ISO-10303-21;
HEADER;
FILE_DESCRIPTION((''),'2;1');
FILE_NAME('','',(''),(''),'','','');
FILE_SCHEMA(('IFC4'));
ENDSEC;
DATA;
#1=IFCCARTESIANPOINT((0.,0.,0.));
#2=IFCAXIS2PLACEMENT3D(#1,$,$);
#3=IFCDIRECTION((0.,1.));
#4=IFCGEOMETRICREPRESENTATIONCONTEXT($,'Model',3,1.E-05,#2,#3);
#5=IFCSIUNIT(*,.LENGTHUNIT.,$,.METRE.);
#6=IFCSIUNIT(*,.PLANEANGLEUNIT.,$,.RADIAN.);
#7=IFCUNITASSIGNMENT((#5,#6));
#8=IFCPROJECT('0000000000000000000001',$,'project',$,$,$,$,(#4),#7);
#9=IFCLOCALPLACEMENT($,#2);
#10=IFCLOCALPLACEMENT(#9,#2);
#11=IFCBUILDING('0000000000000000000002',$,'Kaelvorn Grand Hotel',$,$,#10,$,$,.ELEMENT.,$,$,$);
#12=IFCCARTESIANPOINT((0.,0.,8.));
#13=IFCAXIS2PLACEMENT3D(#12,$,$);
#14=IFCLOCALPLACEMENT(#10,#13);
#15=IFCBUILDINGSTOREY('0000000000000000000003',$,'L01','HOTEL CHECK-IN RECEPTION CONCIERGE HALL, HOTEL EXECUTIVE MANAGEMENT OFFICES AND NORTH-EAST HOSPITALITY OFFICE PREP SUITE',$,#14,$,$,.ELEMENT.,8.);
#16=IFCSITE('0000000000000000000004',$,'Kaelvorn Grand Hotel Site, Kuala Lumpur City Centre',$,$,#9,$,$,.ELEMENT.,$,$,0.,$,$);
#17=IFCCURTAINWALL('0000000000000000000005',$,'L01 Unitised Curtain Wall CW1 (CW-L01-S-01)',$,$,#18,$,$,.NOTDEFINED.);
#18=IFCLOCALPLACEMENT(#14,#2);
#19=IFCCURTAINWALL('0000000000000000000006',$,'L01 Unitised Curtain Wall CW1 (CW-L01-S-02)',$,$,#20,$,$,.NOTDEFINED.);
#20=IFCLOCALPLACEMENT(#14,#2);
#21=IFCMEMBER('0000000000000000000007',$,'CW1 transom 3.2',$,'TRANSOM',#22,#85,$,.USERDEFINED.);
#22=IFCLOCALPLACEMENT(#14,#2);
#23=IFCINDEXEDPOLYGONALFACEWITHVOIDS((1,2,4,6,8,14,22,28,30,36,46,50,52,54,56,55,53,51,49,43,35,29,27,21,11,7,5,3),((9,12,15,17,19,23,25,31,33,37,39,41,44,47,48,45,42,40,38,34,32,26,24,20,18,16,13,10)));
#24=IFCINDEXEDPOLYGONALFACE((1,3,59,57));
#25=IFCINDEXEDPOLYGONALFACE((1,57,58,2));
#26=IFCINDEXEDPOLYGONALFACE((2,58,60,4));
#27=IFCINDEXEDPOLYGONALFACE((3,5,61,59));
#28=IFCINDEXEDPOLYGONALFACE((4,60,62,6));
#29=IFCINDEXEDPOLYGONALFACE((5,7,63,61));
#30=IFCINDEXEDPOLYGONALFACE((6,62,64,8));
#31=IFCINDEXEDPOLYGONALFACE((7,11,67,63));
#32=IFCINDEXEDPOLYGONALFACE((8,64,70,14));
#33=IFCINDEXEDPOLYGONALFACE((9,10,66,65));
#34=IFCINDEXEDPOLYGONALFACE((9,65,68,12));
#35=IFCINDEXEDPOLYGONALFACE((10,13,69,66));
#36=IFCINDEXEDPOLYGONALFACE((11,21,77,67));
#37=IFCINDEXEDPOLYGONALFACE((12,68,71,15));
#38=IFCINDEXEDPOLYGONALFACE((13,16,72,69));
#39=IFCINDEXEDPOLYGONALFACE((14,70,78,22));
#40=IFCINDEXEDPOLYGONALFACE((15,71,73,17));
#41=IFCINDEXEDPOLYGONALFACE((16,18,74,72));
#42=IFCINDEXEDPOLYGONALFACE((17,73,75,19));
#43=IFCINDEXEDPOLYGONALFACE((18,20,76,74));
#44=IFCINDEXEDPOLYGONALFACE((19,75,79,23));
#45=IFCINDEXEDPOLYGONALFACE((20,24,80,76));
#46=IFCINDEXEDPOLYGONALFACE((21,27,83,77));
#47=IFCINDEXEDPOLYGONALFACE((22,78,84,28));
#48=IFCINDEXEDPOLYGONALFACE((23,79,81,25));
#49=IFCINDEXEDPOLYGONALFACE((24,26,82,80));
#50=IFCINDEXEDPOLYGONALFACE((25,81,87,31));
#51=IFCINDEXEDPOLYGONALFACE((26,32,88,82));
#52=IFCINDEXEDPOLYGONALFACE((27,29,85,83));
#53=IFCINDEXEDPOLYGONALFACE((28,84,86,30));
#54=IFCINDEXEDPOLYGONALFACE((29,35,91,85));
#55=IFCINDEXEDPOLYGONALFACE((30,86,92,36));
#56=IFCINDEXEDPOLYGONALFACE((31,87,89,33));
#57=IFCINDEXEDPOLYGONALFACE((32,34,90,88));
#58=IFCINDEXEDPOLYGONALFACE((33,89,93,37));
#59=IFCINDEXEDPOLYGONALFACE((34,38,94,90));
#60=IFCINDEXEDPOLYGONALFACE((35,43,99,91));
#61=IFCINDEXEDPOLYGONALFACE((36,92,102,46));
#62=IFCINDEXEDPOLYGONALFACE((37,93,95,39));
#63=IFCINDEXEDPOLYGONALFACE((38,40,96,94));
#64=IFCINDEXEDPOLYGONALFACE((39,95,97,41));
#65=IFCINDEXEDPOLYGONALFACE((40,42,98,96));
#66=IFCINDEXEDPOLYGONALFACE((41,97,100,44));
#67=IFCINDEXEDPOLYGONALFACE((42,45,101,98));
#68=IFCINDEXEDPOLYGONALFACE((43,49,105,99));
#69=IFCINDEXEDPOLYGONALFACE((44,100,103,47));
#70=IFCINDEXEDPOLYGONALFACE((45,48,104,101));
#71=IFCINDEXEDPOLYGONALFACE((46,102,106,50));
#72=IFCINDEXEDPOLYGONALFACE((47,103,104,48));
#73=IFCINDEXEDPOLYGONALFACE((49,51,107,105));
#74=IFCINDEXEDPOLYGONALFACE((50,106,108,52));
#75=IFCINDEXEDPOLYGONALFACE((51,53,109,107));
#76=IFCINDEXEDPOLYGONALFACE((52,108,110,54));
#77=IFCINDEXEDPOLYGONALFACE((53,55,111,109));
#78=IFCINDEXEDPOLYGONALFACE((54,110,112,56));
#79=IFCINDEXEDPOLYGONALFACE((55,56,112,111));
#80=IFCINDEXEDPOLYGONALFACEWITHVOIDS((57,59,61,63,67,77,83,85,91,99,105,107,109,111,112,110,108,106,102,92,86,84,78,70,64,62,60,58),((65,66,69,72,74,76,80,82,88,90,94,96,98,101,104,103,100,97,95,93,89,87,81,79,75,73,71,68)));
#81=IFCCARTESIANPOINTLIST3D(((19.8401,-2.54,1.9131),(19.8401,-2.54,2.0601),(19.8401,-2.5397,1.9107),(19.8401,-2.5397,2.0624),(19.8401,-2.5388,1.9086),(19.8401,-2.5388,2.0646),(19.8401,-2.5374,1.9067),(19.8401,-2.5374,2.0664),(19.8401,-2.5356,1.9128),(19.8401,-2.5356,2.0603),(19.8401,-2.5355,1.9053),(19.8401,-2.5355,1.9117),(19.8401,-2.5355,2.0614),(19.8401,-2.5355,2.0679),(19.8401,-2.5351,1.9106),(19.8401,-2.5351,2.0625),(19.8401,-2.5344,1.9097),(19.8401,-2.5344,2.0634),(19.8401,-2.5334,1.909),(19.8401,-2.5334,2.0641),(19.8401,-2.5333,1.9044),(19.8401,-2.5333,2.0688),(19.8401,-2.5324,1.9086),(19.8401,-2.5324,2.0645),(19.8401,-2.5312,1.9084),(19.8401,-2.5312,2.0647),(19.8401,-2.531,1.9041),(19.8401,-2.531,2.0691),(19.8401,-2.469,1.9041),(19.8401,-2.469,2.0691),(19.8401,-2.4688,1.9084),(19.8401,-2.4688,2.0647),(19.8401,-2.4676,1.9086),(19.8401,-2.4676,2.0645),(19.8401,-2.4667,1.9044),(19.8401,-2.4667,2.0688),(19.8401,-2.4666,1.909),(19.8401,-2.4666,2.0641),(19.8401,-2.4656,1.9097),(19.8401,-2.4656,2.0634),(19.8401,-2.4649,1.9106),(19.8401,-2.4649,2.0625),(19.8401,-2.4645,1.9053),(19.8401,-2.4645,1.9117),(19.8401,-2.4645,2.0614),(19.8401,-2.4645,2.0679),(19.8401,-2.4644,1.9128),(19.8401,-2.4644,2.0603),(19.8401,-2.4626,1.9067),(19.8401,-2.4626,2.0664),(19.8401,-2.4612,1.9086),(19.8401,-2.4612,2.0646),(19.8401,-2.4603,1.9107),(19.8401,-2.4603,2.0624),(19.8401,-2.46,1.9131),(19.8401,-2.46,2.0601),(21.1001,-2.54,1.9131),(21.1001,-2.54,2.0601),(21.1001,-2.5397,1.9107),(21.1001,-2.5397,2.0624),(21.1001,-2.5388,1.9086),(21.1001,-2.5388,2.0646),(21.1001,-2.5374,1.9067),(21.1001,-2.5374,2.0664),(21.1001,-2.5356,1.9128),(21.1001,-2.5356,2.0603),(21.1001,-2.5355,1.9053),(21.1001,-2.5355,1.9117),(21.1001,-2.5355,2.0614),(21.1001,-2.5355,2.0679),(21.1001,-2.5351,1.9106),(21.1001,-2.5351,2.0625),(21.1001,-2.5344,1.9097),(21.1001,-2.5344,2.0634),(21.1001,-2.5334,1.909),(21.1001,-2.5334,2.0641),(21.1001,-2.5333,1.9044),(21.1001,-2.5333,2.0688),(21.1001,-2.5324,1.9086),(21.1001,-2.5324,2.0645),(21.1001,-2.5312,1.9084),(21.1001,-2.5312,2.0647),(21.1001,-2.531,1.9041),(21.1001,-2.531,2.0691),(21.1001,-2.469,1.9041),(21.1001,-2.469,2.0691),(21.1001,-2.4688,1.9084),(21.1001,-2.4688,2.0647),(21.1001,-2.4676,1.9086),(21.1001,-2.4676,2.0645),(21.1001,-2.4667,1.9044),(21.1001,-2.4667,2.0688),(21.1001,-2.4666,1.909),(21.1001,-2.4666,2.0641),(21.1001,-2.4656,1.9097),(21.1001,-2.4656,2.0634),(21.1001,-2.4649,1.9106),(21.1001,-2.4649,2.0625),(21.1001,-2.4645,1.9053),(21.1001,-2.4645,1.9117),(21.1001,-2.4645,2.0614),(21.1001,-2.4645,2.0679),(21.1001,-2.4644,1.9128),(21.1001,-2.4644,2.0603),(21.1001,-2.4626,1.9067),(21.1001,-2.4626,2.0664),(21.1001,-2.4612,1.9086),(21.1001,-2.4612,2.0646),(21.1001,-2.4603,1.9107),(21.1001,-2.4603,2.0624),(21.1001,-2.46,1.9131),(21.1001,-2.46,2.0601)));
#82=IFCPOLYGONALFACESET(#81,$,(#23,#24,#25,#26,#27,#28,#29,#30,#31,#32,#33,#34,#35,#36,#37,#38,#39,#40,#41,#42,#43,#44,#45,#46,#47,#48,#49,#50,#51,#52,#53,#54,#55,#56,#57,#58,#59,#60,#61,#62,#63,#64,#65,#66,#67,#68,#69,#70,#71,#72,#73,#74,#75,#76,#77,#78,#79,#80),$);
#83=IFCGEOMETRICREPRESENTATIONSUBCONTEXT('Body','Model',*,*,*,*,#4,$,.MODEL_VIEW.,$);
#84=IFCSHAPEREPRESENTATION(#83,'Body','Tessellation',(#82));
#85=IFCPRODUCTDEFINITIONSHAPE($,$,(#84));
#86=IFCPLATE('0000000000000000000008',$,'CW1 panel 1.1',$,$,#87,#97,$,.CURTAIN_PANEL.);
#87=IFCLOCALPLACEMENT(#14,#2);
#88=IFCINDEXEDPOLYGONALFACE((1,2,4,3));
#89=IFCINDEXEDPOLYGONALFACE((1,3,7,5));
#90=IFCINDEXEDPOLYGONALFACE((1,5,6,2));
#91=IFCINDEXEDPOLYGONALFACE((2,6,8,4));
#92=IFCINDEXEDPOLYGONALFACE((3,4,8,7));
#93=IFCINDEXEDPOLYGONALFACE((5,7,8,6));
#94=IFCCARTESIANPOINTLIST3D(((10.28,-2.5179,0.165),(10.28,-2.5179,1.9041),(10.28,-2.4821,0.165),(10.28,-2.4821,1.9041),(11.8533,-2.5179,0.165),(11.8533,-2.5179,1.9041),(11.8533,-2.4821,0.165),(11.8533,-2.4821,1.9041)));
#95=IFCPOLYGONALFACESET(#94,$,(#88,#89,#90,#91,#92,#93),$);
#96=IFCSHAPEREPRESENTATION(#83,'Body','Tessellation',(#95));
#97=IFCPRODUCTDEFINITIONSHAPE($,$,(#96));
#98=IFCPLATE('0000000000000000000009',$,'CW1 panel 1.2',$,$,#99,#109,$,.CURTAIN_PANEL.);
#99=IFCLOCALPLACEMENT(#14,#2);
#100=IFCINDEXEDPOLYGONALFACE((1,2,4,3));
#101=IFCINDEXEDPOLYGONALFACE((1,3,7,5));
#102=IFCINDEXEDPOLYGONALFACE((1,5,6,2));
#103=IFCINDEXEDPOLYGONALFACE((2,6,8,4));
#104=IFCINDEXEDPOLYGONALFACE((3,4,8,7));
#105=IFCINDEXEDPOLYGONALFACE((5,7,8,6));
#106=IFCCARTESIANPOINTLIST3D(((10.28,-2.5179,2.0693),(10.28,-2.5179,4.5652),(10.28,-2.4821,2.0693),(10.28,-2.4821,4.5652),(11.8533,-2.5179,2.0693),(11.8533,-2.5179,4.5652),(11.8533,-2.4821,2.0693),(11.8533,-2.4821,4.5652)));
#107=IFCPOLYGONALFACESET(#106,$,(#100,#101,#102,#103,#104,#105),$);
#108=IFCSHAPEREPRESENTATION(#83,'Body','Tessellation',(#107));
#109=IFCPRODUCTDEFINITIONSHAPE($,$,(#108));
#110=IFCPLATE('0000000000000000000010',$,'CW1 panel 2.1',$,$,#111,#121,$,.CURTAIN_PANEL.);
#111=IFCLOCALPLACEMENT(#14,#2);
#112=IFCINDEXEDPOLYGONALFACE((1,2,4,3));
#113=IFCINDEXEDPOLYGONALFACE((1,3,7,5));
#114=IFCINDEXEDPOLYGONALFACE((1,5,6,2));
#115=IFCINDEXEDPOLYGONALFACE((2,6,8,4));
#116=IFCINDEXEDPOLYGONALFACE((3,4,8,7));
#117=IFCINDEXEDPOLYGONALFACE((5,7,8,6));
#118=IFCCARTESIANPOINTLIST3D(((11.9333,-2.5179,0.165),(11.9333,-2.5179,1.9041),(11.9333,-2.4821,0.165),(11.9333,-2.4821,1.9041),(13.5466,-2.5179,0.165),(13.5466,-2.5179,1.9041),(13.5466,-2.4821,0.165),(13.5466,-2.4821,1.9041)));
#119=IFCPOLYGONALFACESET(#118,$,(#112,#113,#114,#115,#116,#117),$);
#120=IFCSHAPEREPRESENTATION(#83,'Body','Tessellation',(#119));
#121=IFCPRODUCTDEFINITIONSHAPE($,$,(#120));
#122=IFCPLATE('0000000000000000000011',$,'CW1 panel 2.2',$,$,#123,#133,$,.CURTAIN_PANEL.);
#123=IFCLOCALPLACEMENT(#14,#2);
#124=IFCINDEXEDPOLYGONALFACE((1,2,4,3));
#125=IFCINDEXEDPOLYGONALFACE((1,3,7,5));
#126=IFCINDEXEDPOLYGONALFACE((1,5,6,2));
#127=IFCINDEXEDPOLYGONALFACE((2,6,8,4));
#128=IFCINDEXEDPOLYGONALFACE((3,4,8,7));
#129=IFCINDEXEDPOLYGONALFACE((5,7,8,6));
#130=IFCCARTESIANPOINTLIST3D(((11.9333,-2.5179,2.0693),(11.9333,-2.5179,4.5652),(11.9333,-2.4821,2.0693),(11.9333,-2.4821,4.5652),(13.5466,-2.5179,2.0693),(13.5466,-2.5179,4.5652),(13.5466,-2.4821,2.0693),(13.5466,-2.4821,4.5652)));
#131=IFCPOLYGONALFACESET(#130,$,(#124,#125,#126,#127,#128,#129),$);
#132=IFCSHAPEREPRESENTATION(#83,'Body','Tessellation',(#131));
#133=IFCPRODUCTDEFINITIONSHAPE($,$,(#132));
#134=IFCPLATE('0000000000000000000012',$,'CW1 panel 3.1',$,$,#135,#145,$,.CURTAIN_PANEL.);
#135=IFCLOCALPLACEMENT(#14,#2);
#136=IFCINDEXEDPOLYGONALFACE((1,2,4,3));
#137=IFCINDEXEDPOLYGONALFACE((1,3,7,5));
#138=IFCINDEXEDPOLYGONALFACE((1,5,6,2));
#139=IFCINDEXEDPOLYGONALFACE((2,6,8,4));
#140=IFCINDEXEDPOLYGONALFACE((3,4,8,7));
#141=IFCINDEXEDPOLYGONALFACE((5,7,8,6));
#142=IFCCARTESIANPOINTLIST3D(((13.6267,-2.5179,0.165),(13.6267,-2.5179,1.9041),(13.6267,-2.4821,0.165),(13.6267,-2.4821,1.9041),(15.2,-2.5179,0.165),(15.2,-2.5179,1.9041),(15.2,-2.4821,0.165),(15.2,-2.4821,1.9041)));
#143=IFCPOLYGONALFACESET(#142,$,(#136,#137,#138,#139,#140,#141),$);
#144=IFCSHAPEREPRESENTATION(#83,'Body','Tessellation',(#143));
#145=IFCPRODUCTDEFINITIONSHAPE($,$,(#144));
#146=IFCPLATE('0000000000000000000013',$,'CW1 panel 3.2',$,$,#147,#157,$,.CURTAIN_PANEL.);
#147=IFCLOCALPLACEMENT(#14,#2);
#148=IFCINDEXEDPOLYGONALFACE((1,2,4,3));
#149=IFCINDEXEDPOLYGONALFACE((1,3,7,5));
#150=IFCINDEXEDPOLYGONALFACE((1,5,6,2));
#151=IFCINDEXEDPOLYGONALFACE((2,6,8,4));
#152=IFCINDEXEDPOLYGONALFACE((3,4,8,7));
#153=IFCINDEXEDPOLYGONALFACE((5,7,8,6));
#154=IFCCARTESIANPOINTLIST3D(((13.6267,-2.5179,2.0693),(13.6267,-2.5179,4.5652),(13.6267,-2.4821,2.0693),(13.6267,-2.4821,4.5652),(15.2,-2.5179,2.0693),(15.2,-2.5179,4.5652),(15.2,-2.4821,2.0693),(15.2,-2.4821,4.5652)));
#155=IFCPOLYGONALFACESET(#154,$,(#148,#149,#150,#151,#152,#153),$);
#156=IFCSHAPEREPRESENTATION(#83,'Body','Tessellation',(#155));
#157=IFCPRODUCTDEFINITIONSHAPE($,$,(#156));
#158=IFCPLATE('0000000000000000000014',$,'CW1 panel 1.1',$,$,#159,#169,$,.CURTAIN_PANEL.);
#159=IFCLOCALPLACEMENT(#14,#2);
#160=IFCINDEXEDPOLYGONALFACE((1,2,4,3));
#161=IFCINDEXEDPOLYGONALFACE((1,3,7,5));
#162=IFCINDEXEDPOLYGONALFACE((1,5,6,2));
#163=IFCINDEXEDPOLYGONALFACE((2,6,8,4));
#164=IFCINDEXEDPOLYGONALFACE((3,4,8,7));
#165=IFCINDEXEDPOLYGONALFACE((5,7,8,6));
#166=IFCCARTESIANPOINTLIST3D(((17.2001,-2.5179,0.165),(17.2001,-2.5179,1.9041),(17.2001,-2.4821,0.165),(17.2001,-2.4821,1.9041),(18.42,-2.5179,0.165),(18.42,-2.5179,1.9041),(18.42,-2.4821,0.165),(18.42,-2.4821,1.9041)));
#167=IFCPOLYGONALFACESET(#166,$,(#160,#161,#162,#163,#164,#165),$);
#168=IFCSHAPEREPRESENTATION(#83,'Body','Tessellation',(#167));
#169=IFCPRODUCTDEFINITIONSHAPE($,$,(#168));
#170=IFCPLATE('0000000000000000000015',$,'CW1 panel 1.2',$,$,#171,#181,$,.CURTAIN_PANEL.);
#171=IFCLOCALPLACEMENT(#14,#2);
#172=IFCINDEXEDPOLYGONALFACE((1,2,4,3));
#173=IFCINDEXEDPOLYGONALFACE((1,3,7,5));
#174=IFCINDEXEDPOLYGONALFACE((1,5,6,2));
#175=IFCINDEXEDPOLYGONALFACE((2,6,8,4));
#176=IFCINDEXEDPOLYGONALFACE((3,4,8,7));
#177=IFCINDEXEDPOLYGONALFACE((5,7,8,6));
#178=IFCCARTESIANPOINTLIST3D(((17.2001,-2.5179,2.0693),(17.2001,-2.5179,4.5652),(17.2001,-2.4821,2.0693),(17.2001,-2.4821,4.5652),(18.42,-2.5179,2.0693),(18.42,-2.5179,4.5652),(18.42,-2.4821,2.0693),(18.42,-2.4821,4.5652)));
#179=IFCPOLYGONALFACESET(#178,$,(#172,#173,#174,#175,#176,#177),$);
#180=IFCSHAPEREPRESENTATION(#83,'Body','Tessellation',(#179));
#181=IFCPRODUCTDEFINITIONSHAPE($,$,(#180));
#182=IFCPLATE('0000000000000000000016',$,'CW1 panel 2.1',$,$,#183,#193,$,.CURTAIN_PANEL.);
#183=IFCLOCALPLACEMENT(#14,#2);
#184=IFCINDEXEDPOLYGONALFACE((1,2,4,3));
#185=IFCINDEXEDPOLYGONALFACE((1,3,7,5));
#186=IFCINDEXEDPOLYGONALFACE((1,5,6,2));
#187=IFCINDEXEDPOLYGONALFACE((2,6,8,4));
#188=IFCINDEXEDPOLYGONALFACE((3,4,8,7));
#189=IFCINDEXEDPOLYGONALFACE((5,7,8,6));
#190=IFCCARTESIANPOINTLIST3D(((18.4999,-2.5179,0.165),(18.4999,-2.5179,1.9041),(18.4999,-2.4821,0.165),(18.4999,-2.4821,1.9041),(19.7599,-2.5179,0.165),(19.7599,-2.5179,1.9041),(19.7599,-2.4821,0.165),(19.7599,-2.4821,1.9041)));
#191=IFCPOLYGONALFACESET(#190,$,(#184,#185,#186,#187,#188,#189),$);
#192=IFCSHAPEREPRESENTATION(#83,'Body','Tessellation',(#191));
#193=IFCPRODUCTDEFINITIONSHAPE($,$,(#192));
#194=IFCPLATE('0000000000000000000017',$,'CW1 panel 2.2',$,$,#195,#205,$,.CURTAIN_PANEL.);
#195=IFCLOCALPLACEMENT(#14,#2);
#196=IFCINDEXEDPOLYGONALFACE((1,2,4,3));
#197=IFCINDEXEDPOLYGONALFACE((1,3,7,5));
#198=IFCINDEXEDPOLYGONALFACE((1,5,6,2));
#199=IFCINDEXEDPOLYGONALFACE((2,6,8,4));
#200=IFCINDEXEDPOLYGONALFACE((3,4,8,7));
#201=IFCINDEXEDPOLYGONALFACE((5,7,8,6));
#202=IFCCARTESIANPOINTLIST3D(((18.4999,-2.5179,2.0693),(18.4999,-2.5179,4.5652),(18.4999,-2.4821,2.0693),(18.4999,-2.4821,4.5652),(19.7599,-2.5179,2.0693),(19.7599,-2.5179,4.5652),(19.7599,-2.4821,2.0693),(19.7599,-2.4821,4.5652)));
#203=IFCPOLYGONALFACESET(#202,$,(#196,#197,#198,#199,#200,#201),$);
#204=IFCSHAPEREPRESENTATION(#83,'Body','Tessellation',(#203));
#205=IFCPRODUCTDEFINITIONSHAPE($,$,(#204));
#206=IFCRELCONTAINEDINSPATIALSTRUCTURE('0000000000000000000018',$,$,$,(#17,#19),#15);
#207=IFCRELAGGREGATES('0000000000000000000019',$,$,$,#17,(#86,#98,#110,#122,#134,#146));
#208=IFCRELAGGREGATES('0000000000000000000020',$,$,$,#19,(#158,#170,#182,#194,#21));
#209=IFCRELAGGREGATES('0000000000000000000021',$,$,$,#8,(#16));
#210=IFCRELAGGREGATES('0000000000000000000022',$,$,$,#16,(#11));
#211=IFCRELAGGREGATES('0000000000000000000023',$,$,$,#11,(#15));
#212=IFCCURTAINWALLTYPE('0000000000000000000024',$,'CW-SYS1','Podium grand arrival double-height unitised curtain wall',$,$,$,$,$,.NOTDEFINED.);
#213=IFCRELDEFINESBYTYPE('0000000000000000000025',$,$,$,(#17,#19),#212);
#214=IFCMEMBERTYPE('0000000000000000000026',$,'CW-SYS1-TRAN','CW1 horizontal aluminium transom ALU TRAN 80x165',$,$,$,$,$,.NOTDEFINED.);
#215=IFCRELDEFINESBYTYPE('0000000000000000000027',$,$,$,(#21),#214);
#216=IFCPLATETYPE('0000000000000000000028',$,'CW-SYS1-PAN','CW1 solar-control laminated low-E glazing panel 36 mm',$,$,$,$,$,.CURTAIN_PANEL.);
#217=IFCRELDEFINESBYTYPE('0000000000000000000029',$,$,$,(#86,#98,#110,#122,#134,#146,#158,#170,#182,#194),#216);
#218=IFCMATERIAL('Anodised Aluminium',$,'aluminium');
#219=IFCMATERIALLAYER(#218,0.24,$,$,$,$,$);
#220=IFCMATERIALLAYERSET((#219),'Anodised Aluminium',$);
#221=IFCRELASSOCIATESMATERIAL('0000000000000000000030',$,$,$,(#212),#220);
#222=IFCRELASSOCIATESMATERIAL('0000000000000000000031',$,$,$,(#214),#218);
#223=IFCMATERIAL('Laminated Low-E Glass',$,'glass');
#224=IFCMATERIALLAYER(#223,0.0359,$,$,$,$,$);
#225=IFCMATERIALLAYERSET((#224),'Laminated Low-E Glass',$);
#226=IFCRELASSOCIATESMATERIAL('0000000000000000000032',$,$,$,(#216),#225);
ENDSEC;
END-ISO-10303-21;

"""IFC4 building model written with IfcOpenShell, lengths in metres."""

from ifc_helpers import new_model, si_unit, direction, frame, origin, origin_2d, place, context, subcontext, project, spatial, rectangle, hollow_rectangle, extrude, material, layer, layer_set, material_profile, profile_set, type_object, element, aggregate, save


model = new_model("IFC4")

# Units and contexts
model_context = context("Model", 3, precision=1e-05, world=origin(), true_north=direction((0.0, 1.0)))
body_context = subcontext(model_context, "Body", "Model", "MODEL_VIEW")
ifc_project = project(units=[si_unit("LENGTHUNIT", "METRE"), si_unit("PLANEANGLEUNIT", "RADIAN")], contexts=[model_context])

# Site, building, storey
site_placement = place(None, origin())
site = spatial("IfcSite", under=ifc_project, at=site_placement, Name="Kaelvorn Grand Hotel Site, Kuala Lumpur City Centre", CompositionType="ELEMENT", RefElevation=0.0)
building_placement = place(site_placement, origin())
building = spatial("IfcBuilding", under=site, at=building_placement, Name="Kaelvorn Grand Hotel", CompositionType="ELEMENT")
storey_placement = place(building_placement, frame((0.0, 0.0, 8.0)))
storey = spatial("IfcBuildingStorey", under=building, at=storey_placement, Name="L01", Description="HOTEL CHECK-IN RECEPTION CONCIERGE HALL, HOTEL EXECUTIVE MANAGEMENT OFFICES AND NORTH-EAST HOSPITALITY OFFICE PREP SUITE", CompositionType="ELEMENT", Elevation=8.0)

# Curtain walls
ifc_material_1 = material(Name="Anodised Aluminium", Category="aluminium")
ifc_layer_1 = layer(ifc_material_1, 0.24)
ifc_layer_set_1 = layer_set([ifc_layer_1], Name="Anodised Aluminium")
curtain_wall_type = type_object("IfcCurtainWallType", Name="CW-SYS1", Description="Podium grand arrival double-height unitised curtain wall", PredefinedType="NOTDEFINED", material=ifc_layer_set_1)
curtain_wall_1_placement = place(storey_placement, origin())
curtain_wall_1 = element("IfcCurtainWall", 1, at=curtain_wall_1_placement, inside=storey, type_object=curtain_wall_type, Name="L01 Unitised Curtain Wall CW1 (CW-L01-S-01)", PredefinedType="NOTDEFINED")
curtain_wall_2_placement = place(storey_placement, origin())
curtain_wall_2 = element("IfcCurtainWall", 2, at=curtain_wall_2_placement, inside=storey, type_object=curtain_wall_type, Name="L01 Unitised Curtain Wall CW1 (CW-L01-S-02)", PredefinedType="NOTDEFINED")

# Member
ifc_material_profile_1 = material_profile(ifc_material_1, hollow_rectangle(XDim=0.0801, YDim=0.165, WallThickness=0.0044, InnerFilletRadius=0.0044, OuterFilletRadius=0.009, at=origin_2d()), Name="ALU TRAN 80x165")
ifc_profile_set_1 = profile_set([ifc_material_profile_1], Name="Anodised Aluminium")
member_type_1 = type_object("IfcMemberType", Name="CW-SYS1-TRAN", Description="CW1 horizontal aluminium transom ALU TRAN 80x165", PredefinedType="NOTDEFINED", material=ifc_profile_set_1)
member_1_placement = place(storey_placement, frame((19.8401, -2.5, 1.9866), z_axis=(1.0, 0.0, 0.0), x_axis=(0.0, 1.0, 0.0)))
member_1 = element("IfcMember", 3, at=member_1_placement, type_object=member_type_1, Name="CW1 transom 3.2", ObjectType="TRANSOM", PredefinedType="USERDEFINED", context=body_context, shape_type="SweptSolid", body=[
    extrude(hollow_rectangle(XDim=0.0801, YDim=0.165, WallThickness=0.0044, InnerFilletRadius=0.0044, OuterFilletRadius=0.009, at=origin_2d()), origin(), (0.0, 0.0, 1.0), 1.26),
])

# Plates
ifc_material_2 = material(Name="Laminated Low-E Glass", Category="glass")
ifc_layer_2 = layer(ifc_material_2, 0.0359)
ifc_layer_set_2 = layer_set([ifc_layer_2], Name="Laminated Low-E Glass")
plate_type = type_object("IfcPlateType", Name="CW-SYS1-PAN", Description="CW1 solar-control laminated low-E glazing panel 36 mm", PredefinedType="CURTAIN_PANEL", material=ifc_layer_set_2)
plate_1_placement = place(storey_placement, frame((11.0667, -2.5, 0.165), z_axis=(0.0, 0.0, 1.0), x_axis=(1.0, 0.0, 0.0)))
plate_1 = element("IfcPlate", 4, at=plate_1_placement, type_object=plate_type, Name="CW1 panel 1.1", PredefinedType="CURTAIN_PANEL", context=body_context, shape_type="SweptSolid", body=[
    extrude(rectangle(XDim=1.5732, YDim=0.0359, at=origin_2d()), origin(), (0.0, 0.0, 1.0), 1.739),
])
plate_2_placement = place(storey_placement, frame((11.0667, -2.5, 2.0693), z_axis=(0.0, 0.0, 1.0), x_axis=(1.0, 0.0, 0.0)))
plate_2 = element("IfcPlate", 5, at=plate_2_placement, type_object=plate_type, Name="CW1 panel 1.2", PredefinedType="CURTAIN_PANEL", context=body_context, shape_type="SweptSolid", body=[
    extrude(rectangle(XDim=1.5732, YDim=0.0359, at=origin_2d()), origin(), (0.0, 0.0, 1.0), 2.4958),
])
plate_3_placement = place(storey_placement, frame((12.74, -2.5, 0.165), z_axis=(0.0, 0.0, 1.0), x_axis=(1.0, 0.0, 0.0)))
plate_3 = element("IfcPlate", 6, at=plate_3_placement, type_object=plate_type, Name="CW1 panel 2.1", PredefinedType="CURTAIN_PANEL", context=body_context, shape_type="SweptSolid", body=[
    extrude(rectangle(XDim=1.6133, YDim=0.0359, at=origin_2d()), origin(), (0.0, 0.0, 1.0), 1.739),
])
plate_4_placement = place(storey_placement, frame((12.74, -2.5, 2.0693), z_axis=(0.0, 0.0, 1.0), x_axis=(1.0, 0.0, 0.0)))
plate_4 = element("IfcPlate", 7, at=plate_4_placement, type_object=plate_type, Name="CW1 panel 2.2", PredefinedType="CURTAIN_PANEL", context=body_context, shape_type="SweptSolid", body=[
    extrude(rectangle(XDim=1.6133, YDim=0.0359, at=origin_2d()), origin(), (0.0, 0.0, 1.0), 2.4958),
])
plate_5_placement = place(storey_placement, frame((14.4133, -2.5, 0.165), z_axis=(0.0, 0.0, 1.0), x_axis=(1.0, 0.0, 0.0)))
plate_5 = element("IfcPlate", 8, at=plate_5_placement, type_object=plate_type, Name="CW1 panel 3.1", PredefinedType="CURTAIN_PANEL", context=body_context, shape_type="SweptSolid", body=[
    extrude(rectangle(XDim=1.5732, YDim=0.0359, at=origin_2d()), origin(), (0.0, 0.0, 1.0), 1.739),
])
plate_6_placement = place(storey_placement, frame((14.4133, -2.5, 2.0693), z_axis=(0.0, 0.0, 1.0), x_axis=(1.0, 0.0, 0.0)))
plate_6 = element("IfcPlate", 9, at=plate_6_placement, type_object=plate_type, Name="CW1 panel 3.2", PredefinedType="CURTAIN_PANEL", context=body_context, shape_type="SweptSolid", body=[
    extrude(rectangle(XDim=1.5732, YDim=0.0359, at=origin_2d()), origin(), (0.0, 0.0, 1.0), 2.4958),
])
aggregate(curtain_wall_1, [plate_1, plate_2, plate_3, plate_4, plate_5, plate_6])
plate_7_placement = place(storey_placement, frame((17.8101, -2.5, 0.165), z_axis=(0.0, 0.0, 1.0), x_axis=(1.0, 0.0, 0.0)))
plate_7 = element("IfcPlate", 10, at=plate_7_placement, type_object=plate_type, Name="CW1 panel 1.1", PredefinedType="CURTAIN_PANEL", context=body_context, shape_type="SweptSolid", body=[
    extrude(rectangle(XDim=1.22, YDim=0.0359, at=origin_2d()), origin(), (0.0, 0.0, 1.0), 1.739),
])
plate_8_placement = place(storey_placement, frame((17.8101, -2.5, 2.0693), z_axis=(0.0, 0.0, 1.0), x_axis=(1.0, 0.0, 0.0)))
plate_8 = element("IfcPlate", 11, at=plate_8_placement, type_object=plate_type, Name="CW1 panel 1.2", PredefinedType="CURTAIN_PANEL", context=body_context, shape_type="SweptSolid", body=[
    extrude(rectangle(XDim=1.22, YDim=0.0359, at=origin_2d()), origin(), (0.0, 0.0, 1.0), 2.4958),
])
plate_9_placement = place(storey_placement, frame((19.1299, -2.5, 0.165), z_axis=(0.0, 0.0, 1.0), x_axis=(1.0, 0.0, 0.0)))
plate_9 = element("IfcPlate", 12, at=plate_9_placement, type_object=plate_type, Name="CW1 panel 2.1", PredefinedType="CURTAIN_PANEL", context=body_context, shape_type="SweptSolid", body=[
    extrude(rectangle(XDim=1.26, YDim=0.0359, at=origin_2d()), origin(), (0.0, 0.0, 1.0), 1.739),
])
plate_10_placement = place(storey_placement, frame((19.1299, -2.5, 2.0693), z_axis=(0.0, 0.0, 1.0), x_axis=(1.0, 0.0, 0.0)))
plate_10 = element("IfcPlate", 13, at=plate_10_placement, type_object=plate_type, Name="CW1 panel 2.2", PredefinedType="CURTAIN_PANEL", context=body_context, shape_type="SweptSolid", body=[
    extrude(rectangle(XDim=1.26, YDim=0.0359, at=origin_2d()), origin(), (0.0, 0.0, 1.0), 2.4958),
])
aggregate(curtain_wall_2, [plate_7, plate_8, plate_9, plate_10, member_1])

save(model, "model.ifc")
